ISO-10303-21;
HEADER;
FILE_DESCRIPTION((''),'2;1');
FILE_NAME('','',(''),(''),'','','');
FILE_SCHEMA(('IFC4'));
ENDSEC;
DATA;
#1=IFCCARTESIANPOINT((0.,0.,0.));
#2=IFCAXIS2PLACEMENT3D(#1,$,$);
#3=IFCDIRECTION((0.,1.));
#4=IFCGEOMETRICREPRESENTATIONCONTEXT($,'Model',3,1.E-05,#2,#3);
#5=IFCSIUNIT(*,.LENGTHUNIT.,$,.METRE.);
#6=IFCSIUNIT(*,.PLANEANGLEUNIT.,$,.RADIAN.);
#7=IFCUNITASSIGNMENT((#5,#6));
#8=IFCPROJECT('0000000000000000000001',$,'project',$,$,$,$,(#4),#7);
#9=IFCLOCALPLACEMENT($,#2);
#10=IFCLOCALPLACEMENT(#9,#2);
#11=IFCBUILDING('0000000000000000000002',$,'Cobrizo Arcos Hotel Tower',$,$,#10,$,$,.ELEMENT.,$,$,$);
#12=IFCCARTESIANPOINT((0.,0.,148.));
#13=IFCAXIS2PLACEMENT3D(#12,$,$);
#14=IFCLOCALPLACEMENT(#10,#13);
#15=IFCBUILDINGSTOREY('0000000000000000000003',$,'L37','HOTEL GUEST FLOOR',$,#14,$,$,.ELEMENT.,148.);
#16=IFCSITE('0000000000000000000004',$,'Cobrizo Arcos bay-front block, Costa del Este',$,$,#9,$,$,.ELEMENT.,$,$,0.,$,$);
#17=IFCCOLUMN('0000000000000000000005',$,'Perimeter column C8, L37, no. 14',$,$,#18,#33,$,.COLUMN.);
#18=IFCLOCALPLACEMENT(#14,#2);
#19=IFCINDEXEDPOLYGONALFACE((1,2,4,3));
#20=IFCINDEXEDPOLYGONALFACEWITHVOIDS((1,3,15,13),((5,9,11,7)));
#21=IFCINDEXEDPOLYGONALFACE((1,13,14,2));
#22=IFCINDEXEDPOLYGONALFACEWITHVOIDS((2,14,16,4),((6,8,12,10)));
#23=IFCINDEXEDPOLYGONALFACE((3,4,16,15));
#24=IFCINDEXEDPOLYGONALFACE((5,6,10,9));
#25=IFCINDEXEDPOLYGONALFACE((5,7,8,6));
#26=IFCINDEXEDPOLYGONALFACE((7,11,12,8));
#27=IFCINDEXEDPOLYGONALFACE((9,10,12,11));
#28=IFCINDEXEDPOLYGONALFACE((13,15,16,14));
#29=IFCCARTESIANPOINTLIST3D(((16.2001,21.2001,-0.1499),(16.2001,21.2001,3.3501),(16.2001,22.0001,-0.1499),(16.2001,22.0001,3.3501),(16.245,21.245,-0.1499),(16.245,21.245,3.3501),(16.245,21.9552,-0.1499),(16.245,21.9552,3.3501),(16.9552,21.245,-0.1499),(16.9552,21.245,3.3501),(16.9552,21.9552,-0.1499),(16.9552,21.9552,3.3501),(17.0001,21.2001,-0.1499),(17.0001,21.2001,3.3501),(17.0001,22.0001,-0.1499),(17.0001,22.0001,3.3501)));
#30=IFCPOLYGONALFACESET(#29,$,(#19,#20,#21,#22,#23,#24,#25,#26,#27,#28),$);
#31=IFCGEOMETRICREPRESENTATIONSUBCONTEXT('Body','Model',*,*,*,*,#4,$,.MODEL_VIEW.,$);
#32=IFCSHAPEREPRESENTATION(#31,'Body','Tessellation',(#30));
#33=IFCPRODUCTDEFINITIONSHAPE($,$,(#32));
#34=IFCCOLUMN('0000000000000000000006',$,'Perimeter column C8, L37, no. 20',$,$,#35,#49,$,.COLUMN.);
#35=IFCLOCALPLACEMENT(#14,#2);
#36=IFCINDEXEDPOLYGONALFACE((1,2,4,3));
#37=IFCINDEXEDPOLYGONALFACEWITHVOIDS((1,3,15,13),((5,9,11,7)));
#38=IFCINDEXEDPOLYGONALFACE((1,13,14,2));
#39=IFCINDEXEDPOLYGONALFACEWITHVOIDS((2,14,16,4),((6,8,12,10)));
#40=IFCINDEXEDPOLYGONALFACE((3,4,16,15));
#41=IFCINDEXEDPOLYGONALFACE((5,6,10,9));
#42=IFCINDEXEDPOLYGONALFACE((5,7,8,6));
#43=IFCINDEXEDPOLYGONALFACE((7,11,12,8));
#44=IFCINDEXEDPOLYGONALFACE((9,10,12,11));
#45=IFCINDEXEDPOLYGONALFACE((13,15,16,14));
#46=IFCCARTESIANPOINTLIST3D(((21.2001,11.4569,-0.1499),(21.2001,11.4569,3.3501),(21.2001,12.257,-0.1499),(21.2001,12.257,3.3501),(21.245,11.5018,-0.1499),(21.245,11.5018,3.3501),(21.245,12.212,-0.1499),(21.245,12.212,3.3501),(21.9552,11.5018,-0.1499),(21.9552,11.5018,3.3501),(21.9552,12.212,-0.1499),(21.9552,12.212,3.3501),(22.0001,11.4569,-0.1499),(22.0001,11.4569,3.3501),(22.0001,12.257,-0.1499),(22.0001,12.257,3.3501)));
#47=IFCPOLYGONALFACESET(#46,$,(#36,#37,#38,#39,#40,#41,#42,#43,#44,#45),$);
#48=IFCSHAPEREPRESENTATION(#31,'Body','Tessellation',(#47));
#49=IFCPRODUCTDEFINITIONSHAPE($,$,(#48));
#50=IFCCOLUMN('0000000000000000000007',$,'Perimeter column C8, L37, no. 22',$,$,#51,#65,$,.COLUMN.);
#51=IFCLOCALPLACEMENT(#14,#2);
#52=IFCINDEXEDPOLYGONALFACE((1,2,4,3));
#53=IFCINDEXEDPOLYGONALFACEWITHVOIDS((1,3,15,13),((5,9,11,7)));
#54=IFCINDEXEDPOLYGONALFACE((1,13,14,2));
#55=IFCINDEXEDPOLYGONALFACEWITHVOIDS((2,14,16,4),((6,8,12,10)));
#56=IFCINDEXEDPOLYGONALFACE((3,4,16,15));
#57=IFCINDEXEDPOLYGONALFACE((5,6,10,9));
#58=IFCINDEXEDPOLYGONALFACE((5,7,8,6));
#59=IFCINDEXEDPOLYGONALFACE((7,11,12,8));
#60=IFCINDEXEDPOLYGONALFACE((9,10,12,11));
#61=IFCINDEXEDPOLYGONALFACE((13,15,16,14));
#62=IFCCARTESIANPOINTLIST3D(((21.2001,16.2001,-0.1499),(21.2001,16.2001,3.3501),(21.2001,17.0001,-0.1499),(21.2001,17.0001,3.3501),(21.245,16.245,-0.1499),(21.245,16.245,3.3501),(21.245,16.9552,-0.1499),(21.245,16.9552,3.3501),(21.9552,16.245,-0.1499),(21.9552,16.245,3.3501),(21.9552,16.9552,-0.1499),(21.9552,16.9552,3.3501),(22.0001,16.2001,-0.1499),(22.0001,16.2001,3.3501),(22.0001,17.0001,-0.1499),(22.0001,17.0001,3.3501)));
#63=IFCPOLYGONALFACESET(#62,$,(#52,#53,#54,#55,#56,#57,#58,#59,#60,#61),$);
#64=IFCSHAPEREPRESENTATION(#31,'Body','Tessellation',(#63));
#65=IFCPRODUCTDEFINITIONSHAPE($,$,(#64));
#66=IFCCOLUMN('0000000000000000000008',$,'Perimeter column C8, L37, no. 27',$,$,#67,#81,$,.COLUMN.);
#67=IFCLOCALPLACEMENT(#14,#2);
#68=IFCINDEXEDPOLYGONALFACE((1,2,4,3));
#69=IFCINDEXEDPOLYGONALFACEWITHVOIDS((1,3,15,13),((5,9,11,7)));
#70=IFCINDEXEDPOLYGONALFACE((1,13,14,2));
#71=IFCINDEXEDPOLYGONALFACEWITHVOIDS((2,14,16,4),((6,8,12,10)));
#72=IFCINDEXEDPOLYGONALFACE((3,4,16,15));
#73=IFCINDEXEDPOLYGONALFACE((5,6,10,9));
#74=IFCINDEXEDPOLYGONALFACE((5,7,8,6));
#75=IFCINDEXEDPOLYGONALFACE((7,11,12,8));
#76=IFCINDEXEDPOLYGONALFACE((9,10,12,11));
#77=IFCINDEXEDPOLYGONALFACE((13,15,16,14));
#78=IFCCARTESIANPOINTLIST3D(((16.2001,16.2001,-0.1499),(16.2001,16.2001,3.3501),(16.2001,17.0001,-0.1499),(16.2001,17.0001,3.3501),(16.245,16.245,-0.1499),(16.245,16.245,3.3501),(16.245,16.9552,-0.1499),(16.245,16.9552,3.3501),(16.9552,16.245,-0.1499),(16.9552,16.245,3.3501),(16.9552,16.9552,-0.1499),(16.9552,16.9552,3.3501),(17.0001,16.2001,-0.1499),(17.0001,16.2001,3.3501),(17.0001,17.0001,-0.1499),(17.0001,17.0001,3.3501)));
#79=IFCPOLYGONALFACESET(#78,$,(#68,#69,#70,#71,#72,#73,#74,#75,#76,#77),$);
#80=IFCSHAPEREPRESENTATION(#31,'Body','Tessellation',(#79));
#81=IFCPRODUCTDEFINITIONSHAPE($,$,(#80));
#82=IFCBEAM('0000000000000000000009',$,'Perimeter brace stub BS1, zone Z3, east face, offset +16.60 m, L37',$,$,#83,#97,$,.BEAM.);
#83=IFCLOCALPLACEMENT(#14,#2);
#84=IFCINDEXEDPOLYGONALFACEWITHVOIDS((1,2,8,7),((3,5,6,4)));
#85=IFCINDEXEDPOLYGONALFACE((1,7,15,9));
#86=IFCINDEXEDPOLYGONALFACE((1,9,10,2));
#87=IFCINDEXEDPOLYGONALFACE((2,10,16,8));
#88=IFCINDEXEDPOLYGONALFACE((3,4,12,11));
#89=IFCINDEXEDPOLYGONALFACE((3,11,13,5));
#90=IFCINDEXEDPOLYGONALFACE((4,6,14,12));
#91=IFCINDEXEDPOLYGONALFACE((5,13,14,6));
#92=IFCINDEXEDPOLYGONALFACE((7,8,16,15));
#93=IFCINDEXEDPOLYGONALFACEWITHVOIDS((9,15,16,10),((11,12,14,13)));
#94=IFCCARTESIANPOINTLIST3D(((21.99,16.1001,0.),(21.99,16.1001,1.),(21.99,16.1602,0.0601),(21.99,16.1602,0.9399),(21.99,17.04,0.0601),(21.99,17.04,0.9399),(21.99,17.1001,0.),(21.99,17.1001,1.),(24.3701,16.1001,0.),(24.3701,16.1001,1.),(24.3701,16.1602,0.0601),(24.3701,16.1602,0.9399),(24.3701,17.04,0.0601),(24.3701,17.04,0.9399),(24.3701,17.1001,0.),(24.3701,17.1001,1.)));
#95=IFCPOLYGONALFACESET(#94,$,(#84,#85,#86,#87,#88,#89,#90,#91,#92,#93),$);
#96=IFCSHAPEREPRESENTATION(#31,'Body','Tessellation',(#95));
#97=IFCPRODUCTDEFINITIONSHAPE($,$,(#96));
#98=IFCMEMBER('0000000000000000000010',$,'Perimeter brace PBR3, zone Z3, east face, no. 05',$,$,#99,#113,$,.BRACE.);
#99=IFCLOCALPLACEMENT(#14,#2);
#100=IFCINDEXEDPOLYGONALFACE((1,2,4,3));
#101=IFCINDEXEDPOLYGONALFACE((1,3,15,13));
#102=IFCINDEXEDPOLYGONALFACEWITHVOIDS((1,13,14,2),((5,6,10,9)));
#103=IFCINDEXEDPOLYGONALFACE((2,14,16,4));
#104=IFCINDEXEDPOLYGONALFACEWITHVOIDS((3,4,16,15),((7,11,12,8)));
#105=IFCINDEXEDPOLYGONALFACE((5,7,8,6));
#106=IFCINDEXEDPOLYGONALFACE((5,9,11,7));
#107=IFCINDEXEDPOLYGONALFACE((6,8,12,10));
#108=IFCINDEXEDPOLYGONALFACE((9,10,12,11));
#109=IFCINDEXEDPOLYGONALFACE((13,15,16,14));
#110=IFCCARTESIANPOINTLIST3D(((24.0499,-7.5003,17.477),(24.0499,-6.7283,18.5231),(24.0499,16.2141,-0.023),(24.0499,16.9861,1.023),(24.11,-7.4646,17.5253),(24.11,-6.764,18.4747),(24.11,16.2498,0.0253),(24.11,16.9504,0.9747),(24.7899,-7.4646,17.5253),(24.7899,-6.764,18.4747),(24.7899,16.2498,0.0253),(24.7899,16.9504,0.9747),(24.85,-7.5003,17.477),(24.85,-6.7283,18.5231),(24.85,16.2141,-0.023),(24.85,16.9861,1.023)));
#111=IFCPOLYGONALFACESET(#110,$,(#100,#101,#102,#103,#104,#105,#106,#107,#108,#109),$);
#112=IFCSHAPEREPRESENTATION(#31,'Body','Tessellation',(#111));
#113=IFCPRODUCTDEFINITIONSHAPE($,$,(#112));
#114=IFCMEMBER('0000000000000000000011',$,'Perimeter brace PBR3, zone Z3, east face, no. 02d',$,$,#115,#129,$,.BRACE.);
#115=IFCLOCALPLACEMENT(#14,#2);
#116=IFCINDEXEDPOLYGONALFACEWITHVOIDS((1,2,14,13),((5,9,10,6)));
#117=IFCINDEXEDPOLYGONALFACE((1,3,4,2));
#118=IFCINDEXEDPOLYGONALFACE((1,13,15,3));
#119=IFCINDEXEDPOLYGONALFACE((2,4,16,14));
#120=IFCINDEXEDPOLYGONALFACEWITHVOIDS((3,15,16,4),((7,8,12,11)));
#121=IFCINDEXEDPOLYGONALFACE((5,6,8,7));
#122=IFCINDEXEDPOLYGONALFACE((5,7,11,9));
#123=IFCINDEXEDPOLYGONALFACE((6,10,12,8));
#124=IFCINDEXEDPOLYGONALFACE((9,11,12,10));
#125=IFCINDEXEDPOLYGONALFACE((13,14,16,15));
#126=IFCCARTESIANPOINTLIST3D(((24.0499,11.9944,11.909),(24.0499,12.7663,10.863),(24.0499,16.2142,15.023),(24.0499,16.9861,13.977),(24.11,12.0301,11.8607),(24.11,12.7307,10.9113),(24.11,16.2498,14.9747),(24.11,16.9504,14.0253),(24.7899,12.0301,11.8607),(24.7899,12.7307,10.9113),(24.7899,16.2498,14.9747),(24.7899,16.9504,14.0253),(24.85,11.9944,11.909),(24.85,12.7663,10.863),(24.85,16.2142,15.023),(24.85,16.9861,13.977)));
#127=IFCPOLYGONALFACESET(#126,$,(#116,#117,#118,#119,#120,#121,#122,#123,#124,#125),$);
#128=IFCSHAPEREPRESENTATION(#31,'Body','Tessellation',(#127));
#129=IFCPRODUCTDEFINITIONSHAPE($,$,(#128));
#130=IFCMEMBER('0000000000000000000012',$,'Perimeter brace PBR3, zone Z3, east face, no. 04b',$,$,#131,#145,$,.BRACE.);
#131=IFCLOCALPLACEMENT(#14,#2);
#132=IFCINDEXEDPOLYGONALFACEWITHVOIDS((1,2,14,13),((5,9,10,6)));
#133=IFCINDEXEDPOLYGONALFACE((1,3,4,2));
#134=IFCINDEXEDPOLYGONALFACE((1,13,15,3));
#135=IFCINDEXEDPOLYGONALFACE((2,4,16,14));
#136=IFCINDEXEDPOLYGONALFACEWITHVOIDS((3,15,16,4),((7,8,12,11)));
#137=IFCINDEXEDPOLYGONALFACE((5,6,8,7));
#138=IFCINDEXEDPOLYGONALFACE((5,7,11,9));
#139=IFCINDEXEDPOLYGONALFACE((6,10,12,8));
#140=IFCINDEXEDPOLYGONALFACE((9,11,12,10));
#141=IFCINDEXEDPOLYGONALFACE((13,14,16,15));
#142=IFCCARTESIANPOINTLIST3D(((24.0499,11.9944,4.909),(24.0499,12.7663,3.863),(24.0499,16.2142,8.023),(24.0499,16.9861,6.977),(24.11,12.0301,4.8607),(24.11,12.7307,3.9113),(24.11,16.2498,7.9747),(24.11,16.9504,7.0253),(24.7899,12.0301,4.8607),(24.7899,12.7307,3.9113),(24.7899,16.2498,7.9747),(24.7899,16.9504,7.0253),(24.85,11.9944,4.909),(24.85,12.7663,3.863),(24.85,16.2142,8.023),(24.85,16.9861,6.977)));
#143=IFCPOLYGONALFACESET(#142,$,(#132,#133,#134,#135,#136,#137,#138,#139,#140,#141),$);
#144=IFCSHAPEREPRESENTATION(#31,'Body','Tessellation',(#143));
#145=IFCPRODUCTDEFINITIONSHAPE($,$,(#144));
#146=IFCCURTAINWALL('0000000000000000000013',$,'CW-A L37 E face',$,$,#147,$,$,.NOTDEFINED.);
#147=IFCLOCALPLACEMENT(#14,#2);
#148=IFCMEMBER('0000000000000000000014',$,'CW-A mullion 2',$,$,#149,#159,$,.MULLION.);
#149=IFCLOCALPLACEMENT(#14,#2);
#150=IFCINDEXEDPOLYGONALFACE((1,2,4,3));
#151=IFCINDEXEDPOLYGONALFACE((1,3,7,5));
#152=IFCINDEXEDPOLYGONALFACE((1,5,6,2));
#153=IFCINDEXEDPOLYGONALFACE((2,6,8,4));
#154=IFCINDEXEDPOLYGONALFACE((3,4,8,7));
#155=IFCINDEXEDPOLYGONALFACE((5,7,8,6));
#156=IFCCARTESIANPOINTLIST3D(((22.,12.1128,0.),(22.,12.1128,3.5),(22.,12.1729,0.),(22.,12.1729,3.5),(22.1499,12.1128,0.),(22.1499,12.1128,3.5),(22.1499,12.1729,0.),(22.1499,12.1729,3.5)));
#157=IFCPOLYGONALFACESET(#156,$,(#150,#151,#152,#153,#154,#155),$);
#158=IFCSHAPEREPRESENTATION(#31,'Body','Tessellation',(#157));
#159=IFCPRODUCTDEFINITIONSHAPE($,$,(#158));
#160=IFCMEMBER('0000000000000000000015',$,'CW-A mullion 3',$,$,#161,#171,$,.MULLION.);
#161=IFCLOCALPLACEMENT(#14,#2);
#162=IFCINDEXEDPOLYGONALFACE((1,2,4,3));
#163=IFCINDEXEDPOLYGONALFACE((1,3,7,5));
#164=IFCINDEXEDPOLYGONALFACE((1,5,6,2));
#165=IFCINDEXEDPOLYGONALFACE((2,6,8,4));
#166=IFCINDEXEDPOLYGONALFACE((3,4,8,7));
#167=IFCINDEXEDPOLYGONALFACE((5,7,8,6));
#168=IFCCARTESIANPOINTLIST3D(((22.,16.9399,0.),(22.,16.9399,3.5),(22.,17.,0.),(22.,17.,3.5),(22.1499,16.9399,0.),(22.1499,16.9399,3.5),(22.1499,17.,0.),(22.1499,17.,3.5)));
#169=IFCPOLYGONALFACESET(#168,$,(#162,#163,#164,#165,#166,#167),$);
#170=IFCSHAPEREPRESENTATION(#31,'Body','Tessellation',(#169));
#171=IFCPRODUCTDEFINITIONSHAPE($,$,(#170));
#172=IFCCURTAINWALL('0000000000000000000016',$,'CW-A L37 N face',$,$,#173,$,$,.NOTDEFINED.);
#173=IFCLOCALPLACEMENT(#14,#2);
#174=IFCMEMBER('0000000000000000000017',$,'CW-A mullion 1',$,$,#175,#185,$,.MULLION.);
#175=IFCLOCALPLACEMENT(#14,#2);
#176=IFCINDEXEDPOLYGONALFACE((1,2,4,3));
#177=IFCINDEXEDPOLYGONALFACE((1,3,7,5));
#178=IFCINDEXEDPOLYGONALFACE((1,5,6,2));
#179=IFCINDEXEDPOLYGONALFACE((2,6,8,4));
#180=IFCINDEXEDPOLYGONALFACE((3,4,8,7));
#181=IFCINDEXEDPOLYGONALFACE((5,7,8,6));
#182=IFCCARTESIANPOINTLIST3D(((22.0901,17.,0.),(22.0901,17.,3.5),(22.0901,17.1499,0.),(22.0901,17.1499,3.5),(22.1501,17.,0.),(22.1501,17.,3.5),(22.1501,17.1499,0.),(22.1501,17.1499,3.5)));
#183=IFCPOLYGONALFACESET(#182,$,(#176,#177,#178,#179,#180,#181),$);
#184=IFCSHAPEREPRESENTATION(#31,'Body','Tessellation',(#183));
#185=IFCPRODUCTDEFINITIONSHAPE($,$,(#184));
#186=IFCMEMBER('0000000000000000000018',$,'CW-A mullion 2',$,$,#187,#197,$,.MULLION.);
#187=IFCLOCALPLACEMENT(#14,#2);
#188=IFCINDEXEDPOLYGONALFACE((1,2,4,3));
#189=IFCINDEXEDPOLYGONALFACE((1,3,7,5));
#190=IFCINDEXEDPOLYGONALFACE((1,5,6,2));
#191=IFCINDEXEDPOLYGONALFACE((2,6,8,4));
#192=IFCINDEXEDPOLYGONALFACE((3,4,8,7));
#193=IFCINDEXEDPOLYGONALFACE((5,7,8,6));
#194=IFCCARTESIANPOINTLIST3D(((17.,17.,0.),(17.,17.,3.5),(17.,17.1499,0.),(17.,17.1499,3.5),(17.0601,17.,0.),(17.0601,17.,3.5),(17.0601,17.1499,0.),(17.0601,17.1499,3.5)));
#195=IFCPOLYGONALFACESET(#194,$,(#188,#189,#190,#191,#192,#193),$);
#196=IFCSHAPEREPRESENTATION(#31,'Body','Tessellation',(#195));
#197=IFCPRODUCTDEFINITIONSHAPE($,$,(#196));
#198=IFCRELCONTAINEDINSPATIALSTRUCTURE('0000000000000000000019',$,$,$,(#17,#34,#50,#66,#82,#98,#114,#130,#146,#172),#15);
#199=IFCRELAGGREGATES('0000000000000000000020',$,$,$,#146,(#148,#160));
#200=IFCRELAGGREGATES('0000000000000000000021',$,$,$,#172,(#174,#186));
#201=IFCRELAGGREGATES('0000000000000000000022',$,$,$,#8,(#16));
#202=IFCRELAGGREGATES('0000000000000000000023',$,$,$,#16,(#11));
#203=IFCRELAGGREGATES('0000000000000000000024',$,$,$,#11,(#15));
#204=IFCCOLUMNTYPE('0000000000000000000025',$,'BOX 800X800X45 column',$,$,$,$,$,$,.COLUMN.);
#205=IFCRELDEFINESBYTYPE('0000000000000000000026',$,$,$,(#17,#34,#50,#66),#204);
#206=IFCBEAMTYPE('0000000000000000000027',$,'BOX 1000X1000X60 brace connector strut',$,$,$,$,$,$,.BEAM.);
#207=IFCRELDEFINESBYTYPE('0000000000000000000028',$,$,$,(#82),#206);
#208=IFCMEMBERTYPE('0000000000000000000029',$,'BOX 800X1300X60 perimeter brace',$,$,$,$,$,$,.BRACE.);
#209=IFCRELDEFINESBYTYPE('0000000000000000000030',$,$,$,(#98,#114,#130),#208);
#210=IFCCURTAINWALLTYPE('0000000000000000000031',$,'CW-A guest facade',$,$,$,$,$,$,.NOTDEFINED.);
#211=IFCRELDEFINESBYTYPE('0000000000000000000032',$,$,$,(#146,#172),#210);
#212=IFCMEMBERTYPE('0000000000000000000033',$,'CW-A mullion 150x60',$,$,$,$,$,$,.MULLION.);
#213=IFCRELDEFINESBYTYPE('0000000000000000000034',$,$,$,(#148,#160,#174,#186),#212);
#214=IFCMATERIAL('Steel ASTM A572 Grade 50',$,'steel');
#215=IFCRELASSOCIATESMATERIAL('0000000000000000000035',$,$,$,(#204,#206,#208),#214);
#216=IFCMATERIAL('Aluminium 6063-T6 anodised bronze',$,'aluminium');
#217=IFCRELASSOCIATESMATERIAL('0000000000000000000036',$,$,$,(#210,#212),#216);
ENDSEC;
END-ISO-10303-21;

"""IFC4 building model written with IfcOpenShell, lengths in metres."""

from ifc_helpers import new_model, si_unit, direction, frame, origin, origin_2d, place, context, subcontext, project, spatial, rectangle, hollow_rectangle, extrude, material, material_profile, profile_set, type_object, element, aggregate, save


model = new_model("IFC4")

# Units and contexts
model_context = context("Model", 3, precision=1e-05, world=origin(), true_north=direction((0.0, 1.0)))
body_context = subcontext(model_context, "Body", "Model", "MODEL_VIEW")
ifc_project = project(units=[si_unit("LENGTHUNIT", "METRE"), si_unit("PLANEANGLEUNIT", "RADIAN")], contexts=[model_context])

# Site, building, storey
site_placement = place(None, origin())
site = spatial("IfcSite", under=ifc_project, at=site_placement, Name="Cobrizo Arcos bay-front block, Costa del Este", CompositionType="ELEMENT", RefElevation=0.0)
building_placement = place(site_placement, origin())
building = spatial("IfcBuilding", under=site, at=building_placement, Name="Cobrizo Arcos Hotel Tower", CompositionType="ELEMENT")
storey_placement = place(building_placement, frame((0.0, 0.0, 148.0)))
storey = spatial("IfcBuildingStorey", under=building, at=storey_placement, Name="L37", Description="HOTEL GUEST FLOOR", CompositionType="ELEMENT", Elevation=148.0)

# Columns
ifc_material_1 = material(Name="Steel ASTM A572 Grade 50", Category="steel")
ifc_material_profile_1 = material_profile(ifc_material_1, hollow_rectangle(XDim=0.8, YDim=0.8, WallThickness=0.0449, at=origin_2d()), Name="BOX 800X800X45")
ifc_profile_set_1 = profile_set([ifc_material_profile_1], Name="Steel ASTM A572 Grade 50")
column_type = type_object("IfcColumnType", Name="BOX 800X800X45 column", PredefinedType="COLUMN", material=ifc_profile_set_1)
for number, where, z_axis, x_axis, name in (
    (1, (16.6001, 21.6001, -0.1499), (0.0, 0.0, 1.0), (1.0, 0.0, 0.0), "Perimeter column C8, L37, no. 14"),
    (2, (21.6001, 11.8569, -0.1499), (0.0, 0.0, 1.0), (1.0, 0.0, 0.0), "Perimeter column C8, L37, no. 20"),
    (3, (21.6001, 16.6001, -0.1499), (0.0, 0.0, 1.0), (1.0, 0.0, 0.0), "Perimeter column C8, L37, no. 22"),
    (4, (16.6001, 16.6001, -0.1499), (0.0, 0.0, 1.0), (1.0, 0.0, 0.0), "Perimeter column C8, L37, no. 27"),
):
    element("IfcColumn", number, at=place(storey_placement, frame(where, z_axis=z_axis, x_axis=x_axis)), inside=storey, type_object=column_type, Name=name, PredefinedType="COLUMN", context=body_context, shape_type="SweptSolid", body=[
        extrude(hollow_rectangle(XDim=0.8, YDim=0.8, WallThickness=0.0449, at=origin_2d()), origin(), (0.0, 0.0, 1.0), 3.5),
    ])

# Beam
ifc_material_profile_2 = material_profile(ifc_material_1, hollow_rectangle(XDim=1.0, YDim=1.0, WallThickness=0.0601, at=origin_2d()), Name="BOX 1000X1000X60")
ifc_profile_set_2 = profile_set([ifc_material_profile_2], Name="Steel ASTM A572 Grade 50")
beam_type_1 = type_object("IfcBeamType", Name="BOX 1000X1000X60 brace connector strut", PredefinedType="BEAM", material=ifc_profile_set_2)
beam_1_placement = place(storey_placement, frame((21.99, 16.6001, 0.5), z_axis=(1.0, 0.0, 0.0), x_axis=(0.0, 1.0, 0.0)))
element("IfcBeam", 5, at=beam_1_placement, inside=storey, type_object=beam_type_1, Name="Perimeter brace stub BS1, zone Z3, east face, offset +16.60 m, L37", PredefinedType="BEAM", context=body_context, shape_type="SweptSolid", body=[
    extrude(hollow_rectangle(XDim=1.0, YDim=1.0, WallThickness=0.0601, at=origin_2d()), origin(), (0.0, 0.0, 1.0), 2.3801),
])

# Members
ifc_material_profile_3 = material_profile(ifc_material_1, hollow_rectangle(XDim=0.8, YDim=1.3, WallThickness=0.0601, at=origin_2d()), Name="BOX 800X1300X60")
ifc_profile_set_3 = profile_set([ifc_material_profile_3], Name="Steel ASTM A572 Grade 50")
member_type_1 = type_object("IfcMemberType", Name="BOX 800X1300X60 perimeter brace", PredefinedType="BRACE", material=ifc_profile_set_3)
member_1_placement = place(storey_placement, frame((24.45, 16.6001, 0.5), z_axis=(0.0, -0.80463, 0.593776), x_axis=(1.0, 0.0, 0.0)))
element("IfcMember", 6, at=member_1_placement, inside=storey, type_object=member_type_1, Name="Perimeter brace PBR3, zone Z3, east face, no. 05", PredefinedType="BRACE", context=body_context, shape_type="SweptSolid", body=[
    extrude(hollow_rectangle(XDim=0.8, YDim=1.3, WallThickness=0.0601, at=origin_2d()), origin(), (0.0, 0.0, 1.0), 29.4724),
])
for number, where, z_axis, x_axis, name in (
    (7, (24.45, 12.3804, 11.386), (0.0, 0.804624, 0.593785), (-1.0, 0.0, 0.0), "Perimeter brace PBR3, zone Z3, east face, no. 02d"),
    (8, (24.45, 12.3804, 4.386), (0.0, 0.804624, 0.593785), (-1.0, 0.0, 0.0), "Perimeter brace PBR3, zone Z3, east face, no. 04b"),
):
    element("IfcMember", number, at=place(storey_placement, frame(where, z_axis=z_axis, x_axis=x_axis)), inside=storey, type_object=member_type_1, Name=name, PredefinedType="BRACE", context=body_context, shape_type="SweptSolid", body=[
        extrude(hollow_rectangle(XDim=0.8, YDim=1.3, WallThickness=0.0601, at=origin_2d()), origin(), (0.0, 0.0, 1.0), 5.2444),
    ])

# Curtain walls, members
ifc_material_2 = material(Name="Aluminium 6063-T6 anodised bronze", Category="aluminium")
curtain_wall_type = type_object("IfcCurtainWallType", Name="CW-A guest facade", PredefinedType="NOTDEFINED", material=ifc_material_2)
curtain_wall_1_placement = place(storey_placement, origin())
curtain_wall_1 = element("IfcCurtainWall", 9, at=curtain_wall_1_placement, inside=storey, type_object=curtain_wall_type, Name="CW-A L37 E face", PredefinedType="NOTDEFINED")
ifc_material_profile_4 = material_profile(ifc_material_2, rectangle(XDim=0.1499, YDim=0.0601, at=origin_2d()), Name="CW-A mullion 150x60")
ifc_profile_set_4 = profile_set([ifc_material_profile_4], Name="Aluminium 6063-T6 anodised bronze")
member_type_2 = type_object("IfcMemberType", Name="CW-A mullion 150x60", PredefinedType="MULLION", material=ifc_profile_set_4)
member_2_placement = place(storey_placement, frame((22.075, 12.1428, 0.0), z_axis=(0.0, 0.0, 1.0), x_axis=(1.0, 0.0, 0.0)))
member_2 = element("IfcMember", 10, at=member_2_placement, type_object=member_type_2, Name="CW-A mullion 2", PredefinedType="MULLION", context=body_context, shape_type="SweptSolid", body=[
    extrude(rectangle(XDim=0.1499, YDim=0.0601, at=origin_2d()), origin(), (0.0, 0.0, 1.0), 3.5),
])
member_3_placement = place(storey_placement, frame((22.075, 16.97, 0.0), z_axis=(0.0, 0.0, 1.0), x_axis=(1.0, 0.0, 0.0)))
member_3 = element("IfcMember", 11, at=member_3_placement, type_object=member_type_2, Name="CW-A mullion 3", PredefinedType="MULLION", context=body_context, shape_type="SweptSolid", body=[
    extrude(rectangle(XDim=0.1499, YDim=0.0601, at=origin_2d()), origin(), (0.0, 0.0, 1.0), 3.5),
])
curtain_wall_2_placement = place(storey_placement, origin())
curtain_wall_2 = element("IfcCurtainWall", 12, at=curtain_wall_2_placement, inside=storey, type_object=curtain_wall_type, Name="CW-A L37 N face", PredefinedType="NOTDEFINED")
member_4_placement = place(storey_placement, frame((22.1201, 17.075, 0.0), z_axis=(0.0, 0.0, 1.0), x_axis=(0.0, 1.0, 0.0)))
member_4 = element("IfcMember", 13, at=member_4_placement, type_object=member_type_2, Name="CW-A mullion 1", PredefinedType="MULLION", context=body_context, shape_type="SweptSolid", body=[
    extrude(rectangle(XDim=0.1499, YDim=0.0601, at=origin_2d()), origin(), (0.0, 0.0, 1.0), 3.5),
])
member_5_placement = place(storey_placement, frame((17.03, 17.075, 0.0), z_axis=(0.0, 0.0, 1.0), x_axis=(0.0, 1.0, 0.0)))
member_5 = element("IfcMember", 14, at=member_5_placement, type_object=member_type_2, Name="CW-A mullion 2", PredefinedType="MULLION", context=body_context, shape_type="SweptSolid", body=[
    extrude(rectangle(XDim=0.1499, YDim=0.0601, at=origin_2d()), origin(), (0.0, 0.0, 1.0), 3.5),
])

aggregate(curtain_wall_1, [member_2, member_3])
aggregate(curtain_wall_2, [member_4, member_5])

save(model, "model.ifc")
